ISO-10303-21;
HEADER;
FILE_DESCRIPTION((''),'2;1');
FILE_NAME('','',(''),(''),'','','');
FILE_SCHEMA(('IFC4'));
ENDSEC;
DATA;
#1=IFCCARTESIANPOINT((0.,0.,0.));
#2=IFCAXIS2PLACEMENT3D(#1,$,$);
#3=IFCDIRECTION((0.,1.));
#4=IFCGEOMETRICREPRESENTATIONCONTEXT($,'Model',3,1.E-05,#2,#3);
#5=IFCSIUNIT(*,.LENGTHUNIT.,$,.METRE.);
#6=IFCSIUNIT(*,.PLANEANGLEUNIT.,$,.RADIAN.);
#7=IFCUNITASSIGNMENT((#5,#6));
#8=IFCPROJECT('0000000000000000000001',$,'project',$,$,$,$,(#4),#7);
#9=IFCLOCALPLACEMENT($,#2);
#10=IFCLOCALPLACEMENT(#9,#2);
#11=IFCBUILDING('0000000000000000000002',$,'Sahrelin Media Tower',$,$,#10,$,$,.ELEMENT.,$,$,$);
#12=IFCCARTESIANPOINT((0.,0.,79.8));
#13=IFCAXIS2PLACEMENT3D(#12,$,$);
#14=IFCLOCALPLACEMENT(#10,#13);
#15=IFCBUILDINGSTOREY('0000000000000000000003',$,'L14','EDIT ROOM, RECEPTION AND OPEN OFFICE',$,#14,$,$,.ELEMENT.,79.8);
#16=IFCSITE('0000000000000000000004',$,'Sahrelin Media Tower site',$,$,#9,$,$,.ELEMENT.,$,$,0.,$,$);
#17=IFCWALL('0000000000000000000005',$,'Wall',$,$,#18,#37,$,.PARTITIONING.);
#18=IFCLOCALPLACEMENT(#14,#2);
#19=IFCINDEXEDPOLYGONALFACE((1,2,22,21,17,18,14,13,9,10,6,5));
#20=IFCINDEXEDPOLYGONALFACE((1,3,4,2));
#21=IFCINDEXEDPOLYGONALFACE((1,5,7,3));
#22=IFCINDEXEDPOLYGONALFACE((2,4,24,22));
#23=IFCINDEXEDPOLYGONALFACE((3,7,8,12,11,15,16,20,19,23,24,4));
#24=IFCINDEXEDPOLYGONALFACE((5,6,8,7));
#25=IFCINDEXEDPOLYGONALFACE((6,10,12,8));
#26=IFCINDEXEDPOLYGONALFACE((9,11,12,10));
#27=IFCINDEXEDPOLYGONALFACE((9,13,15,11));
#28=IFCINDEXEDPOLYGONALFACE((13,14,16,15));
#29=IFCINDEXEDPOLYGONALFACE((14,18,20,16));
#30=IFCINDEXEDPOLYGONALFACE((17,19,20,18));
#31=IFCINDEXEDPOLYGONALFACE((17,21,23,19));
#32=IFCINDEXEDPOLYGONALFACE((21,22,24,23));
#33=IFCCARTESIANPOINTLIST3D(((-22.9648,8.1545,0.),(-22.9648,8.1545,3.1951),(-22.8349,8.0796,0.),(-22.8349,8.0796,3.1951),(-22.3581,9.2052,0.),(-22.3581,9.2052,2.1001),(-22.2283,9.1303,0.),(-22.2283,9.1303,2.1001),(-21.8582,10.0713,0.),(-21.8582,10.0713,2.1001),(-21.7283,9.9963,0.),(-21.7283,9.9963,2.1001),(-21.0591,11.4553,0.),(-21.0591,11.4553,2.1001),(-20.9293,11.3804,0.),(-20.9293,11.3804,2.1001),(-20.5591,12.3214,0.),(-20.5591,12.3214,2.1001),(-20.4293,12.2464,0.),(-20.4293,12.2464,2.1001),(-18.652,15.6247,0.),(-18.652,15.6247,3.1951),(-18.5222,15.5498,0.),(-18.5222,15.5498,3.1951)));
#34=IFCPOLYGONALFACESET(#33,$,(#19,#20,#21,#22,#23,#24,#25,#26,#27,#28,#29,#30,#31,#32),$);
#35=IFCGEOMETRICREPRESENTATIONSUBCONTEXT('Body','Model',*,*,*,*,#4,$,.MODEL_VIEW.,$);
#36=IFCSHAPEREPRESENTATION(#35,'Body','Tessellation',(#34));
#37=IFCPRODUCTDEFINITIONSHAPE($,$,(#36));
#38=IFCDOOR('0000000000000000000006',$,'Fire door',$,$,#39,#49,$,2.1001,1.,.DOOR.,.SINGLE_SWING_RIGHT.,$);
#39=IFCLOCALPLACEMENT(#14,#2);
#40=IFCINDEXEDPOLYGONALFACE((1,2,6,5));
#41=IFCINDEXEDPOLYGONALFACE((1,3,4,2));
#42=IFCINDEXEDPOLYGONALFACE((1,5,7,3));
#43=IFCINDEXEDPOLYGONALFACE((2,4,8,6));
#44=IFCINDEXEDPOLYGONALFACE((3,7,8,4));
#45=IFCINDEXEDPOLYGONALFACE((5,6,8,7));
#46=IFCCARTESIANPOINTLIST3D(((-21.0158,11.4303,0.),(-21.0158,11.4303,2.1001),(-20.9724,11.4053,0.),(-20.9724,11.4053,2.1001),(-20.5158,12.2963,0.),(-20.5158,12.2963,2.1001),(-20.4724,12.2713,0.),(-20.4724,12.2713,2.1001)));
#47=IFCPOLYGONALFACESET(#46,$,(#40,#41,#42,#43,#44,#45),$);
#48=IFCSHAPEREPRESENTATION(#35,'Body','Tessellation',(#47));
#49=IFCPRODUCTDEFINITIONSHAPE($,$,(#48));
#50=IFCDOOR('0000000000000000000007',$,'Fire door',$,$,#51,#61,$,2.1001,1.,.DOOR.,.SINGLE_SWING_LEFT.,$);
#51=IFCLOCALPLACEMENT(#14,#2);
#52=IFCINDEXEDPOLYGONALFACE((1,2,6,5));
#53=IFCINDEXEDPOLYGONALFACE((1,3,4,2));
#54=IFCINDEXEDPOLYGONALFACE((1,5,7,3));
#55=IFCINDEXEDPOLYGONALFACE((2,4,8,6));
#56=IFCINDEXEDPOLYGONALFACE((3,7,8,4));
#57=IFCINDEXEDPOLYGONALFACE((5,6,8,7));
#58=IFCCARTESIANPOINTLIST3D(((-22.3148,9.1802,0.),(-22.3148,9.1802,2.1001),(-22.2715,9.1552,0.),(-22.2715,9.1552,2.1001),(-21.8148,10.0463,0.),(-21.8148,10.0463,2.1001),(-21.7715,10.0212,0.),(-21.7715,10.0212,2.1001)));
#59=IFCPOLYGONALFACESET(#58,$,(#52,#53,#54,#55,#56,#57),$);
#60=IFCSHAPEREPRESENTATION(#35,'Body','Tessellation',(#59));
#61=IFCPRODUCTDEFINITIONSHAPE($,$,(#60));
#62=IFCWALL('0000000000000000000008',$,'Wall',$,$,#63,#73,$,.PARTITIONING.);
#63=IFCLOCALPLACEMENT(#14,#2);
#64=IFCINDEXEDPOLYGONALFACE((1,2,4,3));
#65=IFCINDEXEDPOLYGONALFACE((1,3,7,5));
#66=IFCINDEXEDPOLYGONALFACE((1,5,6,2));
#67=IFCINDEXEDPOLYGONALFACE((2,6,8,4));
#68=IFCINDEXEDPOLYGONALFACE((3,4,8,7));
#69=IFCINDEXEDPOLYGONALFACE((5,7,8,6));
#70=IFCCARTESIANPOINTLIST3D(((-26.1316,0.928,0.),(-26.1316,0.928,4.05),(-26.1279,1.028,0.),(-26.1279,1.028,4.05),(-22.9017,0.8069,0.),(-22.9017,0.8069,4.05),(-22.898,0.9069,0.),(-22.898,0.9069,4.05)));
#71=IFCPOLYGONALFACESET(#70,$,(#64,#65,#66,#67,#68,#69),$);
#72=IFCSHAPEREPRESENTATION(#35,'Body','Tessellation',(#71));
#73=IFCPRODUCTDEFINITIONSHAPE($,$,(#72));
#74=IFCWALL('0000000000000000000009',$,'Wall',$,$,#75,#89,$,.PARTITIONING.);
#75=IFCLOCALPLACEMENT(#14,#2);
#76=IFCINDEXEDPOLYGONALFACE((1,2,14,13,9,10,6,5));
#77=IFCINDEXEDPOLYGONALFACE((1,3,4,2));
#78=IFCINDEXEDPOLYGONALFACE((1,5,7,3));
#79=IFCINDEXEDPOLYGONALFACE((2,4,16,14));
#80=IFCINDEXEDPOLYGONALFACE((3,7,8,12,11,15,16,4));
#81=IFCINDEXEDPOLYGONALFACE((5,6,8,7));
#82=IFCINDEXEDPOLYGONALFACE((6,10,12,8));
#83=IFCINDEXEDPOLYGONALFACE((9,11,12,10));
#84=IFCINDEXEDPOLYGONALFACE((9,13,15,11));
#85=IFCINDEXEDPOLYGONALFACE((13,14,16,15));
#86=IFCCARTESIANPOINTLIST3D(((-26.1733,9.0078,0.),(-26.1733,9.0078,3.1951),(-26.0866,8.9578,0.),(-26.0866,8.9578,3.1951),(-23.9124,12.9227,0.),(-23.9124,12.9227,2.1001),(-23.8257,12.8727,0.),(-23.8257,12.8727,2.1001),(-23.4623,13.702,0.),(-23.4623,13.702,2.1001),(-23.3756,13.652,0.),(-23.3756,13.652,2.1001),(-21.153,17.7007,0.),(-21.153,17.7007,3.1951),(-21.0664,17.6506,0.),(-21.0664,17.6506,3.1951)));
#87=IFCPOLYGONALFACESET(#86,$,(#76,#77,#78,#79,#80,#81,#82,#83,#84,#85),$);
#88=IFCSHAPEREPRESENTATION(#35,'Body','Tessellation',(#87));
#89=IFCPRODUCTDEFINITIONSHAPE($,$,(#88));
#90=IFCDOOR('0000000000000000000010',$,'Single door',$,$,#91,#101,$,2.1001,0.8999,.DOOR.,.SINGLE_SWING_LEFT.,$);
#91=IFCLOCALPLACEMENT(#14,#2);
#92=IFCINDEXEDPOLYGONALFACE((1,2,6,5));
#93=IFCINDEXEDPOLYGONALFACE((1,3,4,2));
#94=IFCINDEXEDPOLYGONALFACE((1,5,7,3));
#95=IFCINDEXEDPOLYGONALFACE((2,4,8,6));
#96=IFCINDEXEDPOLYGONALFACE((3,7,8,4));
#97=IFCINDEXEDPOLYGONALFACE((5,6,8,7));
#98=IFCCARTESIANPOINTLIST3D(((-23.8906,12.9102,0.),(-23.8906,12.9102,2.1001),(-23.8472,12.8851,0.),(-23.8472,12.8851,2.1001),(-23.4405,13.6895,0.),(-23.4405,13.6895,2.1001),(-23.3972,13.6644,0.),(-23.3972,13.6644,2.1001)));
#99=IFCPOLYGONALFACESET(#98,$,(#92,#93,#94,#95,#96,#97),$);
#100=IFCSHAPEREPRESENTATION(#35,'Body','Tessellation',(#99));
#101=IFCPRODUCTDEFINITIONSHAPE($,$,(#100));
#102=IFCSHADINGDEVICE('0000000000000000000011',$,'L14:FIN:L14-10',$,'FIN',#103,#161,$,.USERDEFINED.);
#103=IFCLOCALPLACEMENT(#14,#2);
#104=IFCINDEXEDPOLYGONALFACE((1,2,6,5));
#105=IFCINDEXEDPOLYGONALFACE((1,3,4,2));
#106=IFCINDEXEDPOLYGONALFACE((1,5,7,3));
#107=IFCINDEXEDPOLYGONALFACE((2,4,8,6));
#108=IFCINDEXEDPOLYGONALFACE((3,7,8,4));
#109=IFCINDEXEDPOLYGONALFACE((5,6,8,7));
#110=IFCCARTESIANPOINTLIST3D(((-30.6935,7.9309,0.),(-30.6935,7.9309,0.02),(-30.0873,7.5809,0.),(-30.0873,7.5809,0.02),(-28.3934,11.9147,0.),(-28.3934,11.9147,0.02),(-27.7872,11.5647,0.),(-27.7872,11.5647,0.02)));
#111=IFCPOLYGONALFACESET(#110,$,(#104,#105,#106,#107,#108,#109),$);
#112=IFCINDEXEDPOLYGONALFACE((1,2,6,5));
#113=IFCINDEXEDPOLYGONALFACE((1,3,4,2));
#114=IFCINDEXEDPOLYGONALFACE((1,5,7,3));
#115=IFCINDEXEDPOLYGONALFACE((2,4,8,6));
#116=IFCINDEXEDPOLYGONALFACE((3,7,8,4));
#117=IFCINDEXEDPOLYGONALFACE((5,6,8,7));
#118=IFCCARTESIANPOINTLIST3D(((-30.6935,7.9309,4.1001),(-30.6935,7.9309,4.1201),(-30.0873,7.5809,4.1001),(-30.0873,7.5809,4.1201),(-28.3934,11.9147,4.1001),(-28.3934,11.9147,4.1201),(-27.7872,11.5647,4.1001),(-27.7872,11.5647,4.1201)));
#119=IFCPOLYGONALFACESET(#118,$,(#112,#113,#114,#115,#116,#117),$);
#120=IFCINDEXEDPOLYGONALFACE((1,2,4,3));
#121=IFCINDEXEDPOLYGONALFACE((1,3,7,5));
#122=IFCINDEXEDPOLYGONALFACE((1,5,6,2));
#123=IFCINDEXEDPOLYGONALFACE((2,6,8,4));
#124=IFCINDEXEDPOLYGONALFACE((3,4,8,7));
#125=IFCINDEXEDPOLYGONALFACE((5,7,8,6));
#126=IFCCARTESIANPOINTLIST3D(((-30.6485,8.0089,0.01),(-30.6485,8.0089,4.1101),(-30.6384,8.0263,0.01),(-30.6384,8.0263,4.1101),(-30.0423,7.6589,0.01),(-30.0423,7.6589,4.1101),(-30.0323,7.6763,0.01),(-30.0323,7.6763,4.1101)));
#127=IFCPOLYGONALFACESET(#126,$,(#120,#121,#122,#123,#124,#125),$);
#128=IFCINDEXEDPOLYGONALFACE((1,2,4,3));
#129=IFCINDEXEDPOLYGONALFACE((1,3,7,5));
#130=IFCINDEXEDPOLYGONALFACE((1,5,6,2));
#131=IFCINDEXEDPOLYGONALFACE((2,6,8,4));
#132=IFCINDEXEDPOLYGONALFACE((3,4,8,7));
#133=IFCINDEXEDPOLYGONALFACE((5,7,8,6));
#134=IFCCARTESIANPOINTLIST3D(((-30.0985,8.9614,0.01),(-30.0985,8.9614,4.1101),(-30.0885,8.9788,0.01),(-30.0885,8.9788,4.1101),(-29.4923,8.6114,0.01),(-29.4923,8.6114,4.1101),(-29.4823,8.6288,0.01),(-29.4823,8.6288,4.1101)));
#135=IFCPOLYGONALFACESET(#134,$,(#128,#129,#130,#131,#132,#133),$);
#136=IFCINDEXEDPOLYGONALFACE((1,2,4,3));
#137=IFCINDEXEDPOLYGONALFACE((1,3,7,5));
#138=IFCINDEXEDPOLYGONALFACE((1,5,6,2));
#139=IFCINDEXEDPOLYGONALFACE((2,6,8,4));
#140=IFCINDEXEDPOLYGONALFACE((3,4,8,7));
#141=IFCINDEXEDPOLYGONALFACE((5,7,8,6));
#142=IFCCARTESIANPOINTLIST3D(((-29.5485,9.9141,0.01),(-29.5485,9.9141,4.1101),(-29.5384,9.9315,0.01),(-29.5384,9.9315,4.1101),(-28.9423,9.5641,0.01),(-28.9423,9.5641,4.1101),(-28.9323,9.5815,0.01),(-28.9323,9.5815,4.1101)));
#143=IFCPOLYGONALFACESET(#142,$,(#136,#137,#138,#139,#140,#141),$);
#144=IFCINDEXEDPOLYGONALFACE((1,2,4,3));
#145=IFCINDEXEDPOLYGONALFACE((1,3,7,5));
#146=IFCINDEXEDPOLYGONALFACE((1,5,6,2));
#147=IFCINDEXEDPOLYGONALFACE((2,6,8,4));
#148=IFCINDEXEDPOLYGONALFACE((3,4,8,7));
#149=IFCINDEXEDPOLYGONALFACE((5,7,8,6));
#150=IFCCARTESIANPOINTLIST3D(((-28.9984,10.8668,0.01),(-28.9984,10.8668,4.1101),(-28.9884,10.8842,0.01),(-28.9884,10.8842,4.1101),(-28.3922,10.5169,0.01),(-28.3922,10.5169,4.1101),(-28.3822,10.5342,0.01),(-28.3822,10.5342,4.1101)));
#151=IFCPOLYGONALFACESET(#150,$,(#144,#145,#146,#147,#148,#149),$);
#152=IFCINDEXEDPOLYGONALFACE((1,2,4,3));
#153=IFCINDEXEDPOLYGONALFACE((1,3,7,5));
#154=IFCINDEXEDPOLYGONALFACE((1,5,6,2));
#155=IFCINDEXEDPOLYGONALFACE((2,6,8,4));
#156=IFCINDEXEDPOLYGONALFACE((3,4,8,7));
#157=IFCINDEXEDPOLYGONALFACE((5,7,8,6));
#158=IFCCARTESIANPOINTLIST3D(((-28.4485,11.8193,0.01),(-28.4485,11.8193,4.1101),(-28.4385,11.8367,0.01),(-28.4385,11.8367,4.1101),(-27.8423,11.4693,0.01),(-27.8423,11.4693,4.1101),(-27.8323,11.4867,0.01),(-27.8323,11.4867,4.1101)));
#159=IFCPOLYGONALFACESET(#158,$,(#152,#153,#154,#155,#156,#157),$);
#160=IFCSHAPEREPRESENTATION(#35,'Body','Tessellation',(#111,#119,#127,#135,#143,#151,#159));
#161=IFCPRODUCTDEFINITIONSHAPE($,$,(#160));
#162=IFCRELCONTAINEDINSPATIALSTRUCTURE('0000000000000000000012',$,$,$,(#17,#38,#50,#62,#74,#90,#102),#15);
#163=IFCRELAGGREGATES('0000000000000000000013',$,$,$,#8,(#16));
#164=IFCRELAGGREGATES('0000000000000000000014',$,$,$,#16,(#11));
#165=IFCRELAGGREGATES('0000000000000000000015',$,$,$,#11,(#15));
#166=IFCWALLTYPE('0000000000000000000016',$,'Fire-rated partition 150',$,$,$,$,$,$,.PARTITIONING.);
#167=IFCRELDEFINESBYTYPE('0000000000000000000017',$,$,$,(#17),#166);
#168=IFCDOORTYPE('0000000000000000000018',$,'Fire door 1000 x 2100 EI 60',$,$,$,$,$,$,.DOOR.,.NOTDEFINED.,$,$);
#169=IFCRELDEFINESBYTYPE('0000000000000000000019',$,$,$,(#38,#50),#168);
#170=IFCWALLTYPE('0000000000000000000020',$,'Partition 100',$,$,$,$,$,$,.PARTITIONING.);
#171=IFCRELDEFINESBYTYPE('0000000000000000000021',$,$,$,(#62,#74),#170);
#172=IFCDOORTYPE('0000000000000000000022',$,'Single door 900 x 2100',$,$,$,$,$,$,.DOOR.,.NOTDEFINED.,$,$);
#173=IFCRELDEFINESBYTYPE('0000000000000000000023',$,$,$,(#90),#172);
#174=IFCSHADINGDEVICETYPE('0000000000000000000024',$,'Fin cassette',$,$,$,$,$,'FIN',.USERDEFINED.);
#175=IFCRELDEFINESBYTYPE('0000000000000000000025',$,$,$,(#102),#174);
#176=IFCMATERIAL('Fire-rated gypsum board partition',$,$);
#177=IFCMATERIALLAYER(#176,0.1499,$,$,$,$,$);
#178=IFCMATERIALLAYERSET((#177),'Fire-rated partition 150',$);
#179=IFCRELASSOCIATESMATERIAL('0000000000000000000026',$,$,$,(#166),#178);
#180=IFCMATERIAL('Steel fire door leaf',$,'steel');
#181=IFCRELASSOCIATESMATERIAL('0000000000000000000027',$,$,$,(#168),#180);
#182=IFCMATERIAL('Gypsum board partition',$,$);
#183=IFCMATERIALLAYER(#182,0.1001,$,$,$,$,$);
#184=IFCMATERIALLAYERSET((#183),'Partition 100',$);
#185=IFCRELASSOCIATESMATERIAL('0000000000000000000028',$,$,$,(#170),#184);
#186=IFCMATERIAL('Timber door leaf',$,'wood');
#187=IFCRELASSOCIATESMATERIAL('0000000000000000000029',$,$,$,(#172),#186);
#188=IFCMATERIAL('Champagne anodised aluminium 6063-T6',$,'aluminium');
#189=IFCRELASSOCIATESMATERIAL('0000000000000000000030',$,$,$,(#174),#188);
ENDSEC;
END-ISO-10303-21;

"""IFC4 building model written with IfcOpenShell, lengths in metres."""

from ifc_helpers import new_model, si_unit, direction, frame, frame_2d, origin, origin_2d, place, context, subcontext, project, spatial, rectangle, extrude, material, layer, layer_set, type_object, element, fill, save


model = new_model("IFC4")

# Units and contexts
model_context = context("Model", 3, precision=1e-05, world=origin(), true_north=direction((0.0, 1.0)))
body_context = subcontext(model_context, "Body", "Model", "MODEL_VIEW")
ifc_project = project(units=[si_unit("LENGTHUNIT", "METRE"), si_unit("PLANEANGLEUNIT", "RADIAN")], contexts=[model_context])

# Site, building, storey
site_placement = place(None, origin())
site = spatial("IfcSite", under=ifc_project, at=site_placement, Name="Sahrelin Media Tower site", CompositionType="ELEMENT", RefElevation=0.0)
building_placement = place(site_placement, origin())
building = spatial("IfcBuilding", under=site, at=building_placement, Name="Sahrelin Media Tower", CompositionType="ELEMENT")
storey_placement = place(building_placement, frame((0.0, 0.0, 79.8)))
storey = spatial("IfcBuildingStorey", under=building, at=storey_placement, Name="L14", Description="EDIT ROOM, RECEPTION AND OPEN OFFICE", CompositionType="ELEMENT", Elevation=79.8)

# Shared definitions
ifc_material_1 = material(Name="Champagne anodised aluminium 6063-T6", Category="aluminium")

# Shared definitions
ifc_material_2 = material(Name="Fire-rated gypsum board partition")
ifc_layer_1 = layer(ifc_material_2, 0.1499)
ifc_layer_set_1 = layer_set([ifc_layer_1], Name="Fire-rated partition 150")
wall_type_1 = type_object("IfcWallType", Name="Fire-rated partition 150", PredefinedType="PARTITIONING", material=ifc_layer_set_1)

# Shared definitions
ifc_material_3 = material(Name="Steel fire door leaf", Category="steel")
door_type_1 = type_object("IfcDoorType", Name="Fire door 1000 x 2100 EI 60", OperationType="NOTDEFINED", PredefinedType="DOOR", material=ifc_material_3)

# Wall, openings, doors
wall_1_placement = place(storey_placement, frame((-22.8999, 8.1169, 0.0), z_axis=(0.0, 0.0, 1.0), x_axis=(0.499984, 0.866035, 0.0)))
wall_1 = element("IfcWall", 1, at=wall_1_placement, inside=storey, type_object=wall_type_1, Name="Wall", PredefinedType="PARTITIONING", context=body_context, shape_type="SweptSolid", body=[
    extrude(rectangle(XDim=8.6257, YDim=0.1499, at=frame_2d((4.313, 0.0))), origin(), (0.0, 0.0, 1.0), 3.1951),
])
opening_1_placement = place(wall_1_placement, frame((3.8115, 0.0, 0.0)))
opening_1 = element("IfcOpeningElement", 2, at=opening_1_placement, cuts=wall_1, PredefinedType="OPENING", context=body_context, shape_type="SweptSolid", body=[
    extrude(rectangle(XDim=1.0, YDim=2.1001, at=frame_2d((0.5, 1.05))), frame((0.0, 0.075, 0.0), z_axis=(0.0, -1.0, 0.0), x_axis=(1.0, 0.0, 0.0)), (0.0, 0.0, 1.0), 0.1499),
])
opening_2_placement = place(wall_1_placement, frame((1.2134, 0.0, 0.0)))
opening_2 = element("IfcOpeningElement", 3, at=opening_2_placement, cuts=wall_1, PredefinedType="OPENING", context=body_context, shape_type="SweptSolid", body=[
    extrude(rectangle(XDim=1.0, YDim=2.1001, at=frame_2d((0.5, 1.05))), frame((0.0, 0.075, 0.0), z_axis=(0.0, -1.0, 0.0), x_axis=(1.0, 0.0, 0.0)), (0.0, 0.0, 1.0), 0.1499),
])
door_1_placement = place(opening_1_placement, origin())
door_1 = element("IfcDoor", 4, at=door_1_placement, inside=storey, type_object=door_type_1, Name="Fire door", OperationType="SINGLE_SWING_RIGHT", OverallHeight=2.1001, OverallWidth=1.0, PredefinedType="DOOR", context=body_context, shape_type="SweptSolid", body=[
    extrude(rectangle(XDim=1.0, YDim=2.1001, at=frame_2d((0.5, 1.05))), frame((0.0, 0.0249, 0.0), z_axis=(0.0, -1.0, 0.0), x_axis=(1.0, 0.0, 0.0)), (0.0, 0.0, 1.0), 0.05),
])
fill(opening_1, door_1)
door_2_placement = place(opening_2_placement, origin())
door_2 = element("IfcDoor", 5, at=door_2_placement, inside=storey, type_object=door_type_1, Name="Fire door", OperationType="SINGLE_SWING_LEFT", OverallHeight=2.1001, OverallWidth=1.0, PredefinedType="DOOR", context=body_context, shape_type="SweptSolid", body=[
    extrude(rectangle(XDim=1.0, YDim=2.1001, at=frame_2d((0.5, 1.05))), frame((0.0, 0.0249, 0.0), z_axis=(0.0, -1.0, 0.0), x_axis=(1.0, 0.0, 0.0)), (0.0, 0.0, 1.0), 0.05),
])
fill(opening_2, door_2)

# Wall
ifc_material_4 = material(Name="Gypsum board partition")
ifc_layer_2 = layer(ifc_material_4, 0.1001)
ifc_layer_set_2 = layer_set([ifc_layer_2], Name="Partition 100")
wall_type_2 = type_object("IfcWallType", Name="Partition 100", PredefinedType="PARTITIONING", material=ifc_layer_set_2)
wall_2_placement = place(storey_placement, frame((-26.1299, 0.978, 0.0), z_axis=(0.0, 0.0, 1.0), x_axis=(0.999298, -0.037464, 0.0)))
element("IfcWall", 6, at=wall_2_placement, inside=storey, type_object=wall_type_2, Name="Wall", PredefinedType="PARTITIONING", context=body_context, shape_type="SweptSolid", body=[
    extrude(rectangle(XDim=3.2322, YDim=0.1001, at=frame_2d((1.6162, 0.0))), origin(), (0.0, 0.0, 1.0), 4.05),
])

# Wall, opening, door
wall_3_placement = place(storey_placement, frame((-26.1299, 8.9829, 0.0), z_axis=(0.0, 0.0, 1.0), x_axis=(0.500107, 0.865964, 0.0)))
wall_3 = element("IfcWall", 7, at=wall_3_placement, inside=storey, type_object=wall_type_2, Name="Wall", PredefinedType="PARTITIONING", context=body_context, shape_type="SweptSolid", body=[
    extrude(rectangle(XDim=10.0383, YDim=0.1001, at=frame_2d((5.019, 0.0))), origin(), (0.0, 0.0, 1.0), 3.1951),
])
opening_3_placement = place(wall_3_placement, frame((4.5208, 0.0, 0.0)))
opening_3 = element("IfcOpeningElement", 8, at=opening_3_placement, cuts=wall_3, PredefinedType="OPENING", context=body_context, shape_type="SweptSolid", body=[
    extrude(rectangle(XDim=0.8999, YDim=2.1001, at=frame_2d((0.45, 1.05))), frame((0.0, 0.05, 0.0), z_axis=(0.0, -1.0, 0.0), x_axis=(1.0, 0.0, 0.0)), (0.0, 0.0, 1.0), 0.1001),
])
ifc_material_5 = material(Name="Timber door leaf", Category="wood")
door_type_2 = type_object("IfcDoorType", Name="Single door 900 x 2100", OperationType="NOTDEFINED", PredefinedType="DOOR", material=ifc_material_5)
door_3_placement = place(opening_3_placement, origin())
door_3 = element("IfcDoor", 9, at=door_3_placement, inside=storey, type_object=door_type_2, Name="Single door", OperationType="SINGLE_SWING_LEFT", OverallHeight=2.1001, OverallWidth=0.8999, PredefinedType="DOOR", context=body_context, shape_type="SweptSolid", body=[
    extrude(rectangle(XDim=0.8999, YDim=2.1001, at=frame_2d((0.45, 1.05))), frame((0.0, 0.0249, 0.0), z_axis=(0.0, -1.0, 0.0), x_axis=(1.0, 0.0, 0.0)), (0.0, 0.0, 1.0), 0.05),
])
fill(opening_3, door_3)

# Shading device
shading_device_type_1 = type_object("IfcShadingDeviceType", Name="Fin cassette", ElementType="FIN", PredefinedType="USERDEFINED", material=ifc_material_1)
placement_1 = place(storey_placement, frame((-28.8767, 9.5378, 0.0), z_axis=(0.0, 0.0, 1.0), x_axis=(0.500011, 0.866019, 0.0)))
element("IfcShadingDevice", 10, at=placement_1, inside=storey, type_object=shading_device_type_1, Name="L14:FIN:L14-10", ObjectType="FIN", PredefinedType="USERDEFINED", context=body_context, shape_type="SweptSolid", body=[
    extrude(rectangle(XDim=4.6001, YDim=0.7, at=origin_2d()), frame((0.0, 0.4199, 0.0)), (0.0, 0.0, 1.0), 0.02),
    extrude(rectangle(XDim=4.6001, YDim=0.7, at=origin_2d()), frame((0.0, 0.4199, 4.1001)), (0.0, 0.0, 1.0), 0.02),
    extrude(rectangle(XDim=0.02, YDim=0.7, at=origin_2d()), frame((-2.2, 0.4199, 0.01), z_axis=(0.0, 0.0, 1.0), x_axis=(1.0, 0.0, 0.0)), (0.0, 0.0, 1.0), 4.1001),
    extrude(rectangle(XDim=0.02, YDim=0.7, at=origin_2d()), frame((-1.1001, 0.4199, 0.01), z_axis=(0.0, 0.0, 1.0), x_axis=(1.0, 0.0, 0.0)), (0.0, 0.0, 1.0), 4.1001),
    extrude(rectangle(XDim=0.02, YDim=0.7, at=origin_2d()), frame((0.0, 0.4199, 0.01), z_axis=(0.0, 0.0, 1.0), x_axis=(1.0, 0.0, 0.0)), (0.0, 0.0, 1.0), 4.1001),
    extrude(rectangle(XDim=0.02, YDim=0.7, at=origin_2d()), frame((1.1001, 0.4199, 0.01), z_axis=(0.0, 0.0, 1.0), x_axis=(1.0, 0.0, 0.0)), (0.0, 0.0, 1.0), 4.1001),
    extrude(rectangle(XDim=0.02, YDim=0.7, at=origin_2d()), frame((2.2, 0.4199, 0.01), z_axis=(0.0, 0.0, 1.0), x_axis=(1.0, 0.0, 0.0)), (0.0, 0.0, 1.0), 4.1001),
])

save(model, "model.ifc")
